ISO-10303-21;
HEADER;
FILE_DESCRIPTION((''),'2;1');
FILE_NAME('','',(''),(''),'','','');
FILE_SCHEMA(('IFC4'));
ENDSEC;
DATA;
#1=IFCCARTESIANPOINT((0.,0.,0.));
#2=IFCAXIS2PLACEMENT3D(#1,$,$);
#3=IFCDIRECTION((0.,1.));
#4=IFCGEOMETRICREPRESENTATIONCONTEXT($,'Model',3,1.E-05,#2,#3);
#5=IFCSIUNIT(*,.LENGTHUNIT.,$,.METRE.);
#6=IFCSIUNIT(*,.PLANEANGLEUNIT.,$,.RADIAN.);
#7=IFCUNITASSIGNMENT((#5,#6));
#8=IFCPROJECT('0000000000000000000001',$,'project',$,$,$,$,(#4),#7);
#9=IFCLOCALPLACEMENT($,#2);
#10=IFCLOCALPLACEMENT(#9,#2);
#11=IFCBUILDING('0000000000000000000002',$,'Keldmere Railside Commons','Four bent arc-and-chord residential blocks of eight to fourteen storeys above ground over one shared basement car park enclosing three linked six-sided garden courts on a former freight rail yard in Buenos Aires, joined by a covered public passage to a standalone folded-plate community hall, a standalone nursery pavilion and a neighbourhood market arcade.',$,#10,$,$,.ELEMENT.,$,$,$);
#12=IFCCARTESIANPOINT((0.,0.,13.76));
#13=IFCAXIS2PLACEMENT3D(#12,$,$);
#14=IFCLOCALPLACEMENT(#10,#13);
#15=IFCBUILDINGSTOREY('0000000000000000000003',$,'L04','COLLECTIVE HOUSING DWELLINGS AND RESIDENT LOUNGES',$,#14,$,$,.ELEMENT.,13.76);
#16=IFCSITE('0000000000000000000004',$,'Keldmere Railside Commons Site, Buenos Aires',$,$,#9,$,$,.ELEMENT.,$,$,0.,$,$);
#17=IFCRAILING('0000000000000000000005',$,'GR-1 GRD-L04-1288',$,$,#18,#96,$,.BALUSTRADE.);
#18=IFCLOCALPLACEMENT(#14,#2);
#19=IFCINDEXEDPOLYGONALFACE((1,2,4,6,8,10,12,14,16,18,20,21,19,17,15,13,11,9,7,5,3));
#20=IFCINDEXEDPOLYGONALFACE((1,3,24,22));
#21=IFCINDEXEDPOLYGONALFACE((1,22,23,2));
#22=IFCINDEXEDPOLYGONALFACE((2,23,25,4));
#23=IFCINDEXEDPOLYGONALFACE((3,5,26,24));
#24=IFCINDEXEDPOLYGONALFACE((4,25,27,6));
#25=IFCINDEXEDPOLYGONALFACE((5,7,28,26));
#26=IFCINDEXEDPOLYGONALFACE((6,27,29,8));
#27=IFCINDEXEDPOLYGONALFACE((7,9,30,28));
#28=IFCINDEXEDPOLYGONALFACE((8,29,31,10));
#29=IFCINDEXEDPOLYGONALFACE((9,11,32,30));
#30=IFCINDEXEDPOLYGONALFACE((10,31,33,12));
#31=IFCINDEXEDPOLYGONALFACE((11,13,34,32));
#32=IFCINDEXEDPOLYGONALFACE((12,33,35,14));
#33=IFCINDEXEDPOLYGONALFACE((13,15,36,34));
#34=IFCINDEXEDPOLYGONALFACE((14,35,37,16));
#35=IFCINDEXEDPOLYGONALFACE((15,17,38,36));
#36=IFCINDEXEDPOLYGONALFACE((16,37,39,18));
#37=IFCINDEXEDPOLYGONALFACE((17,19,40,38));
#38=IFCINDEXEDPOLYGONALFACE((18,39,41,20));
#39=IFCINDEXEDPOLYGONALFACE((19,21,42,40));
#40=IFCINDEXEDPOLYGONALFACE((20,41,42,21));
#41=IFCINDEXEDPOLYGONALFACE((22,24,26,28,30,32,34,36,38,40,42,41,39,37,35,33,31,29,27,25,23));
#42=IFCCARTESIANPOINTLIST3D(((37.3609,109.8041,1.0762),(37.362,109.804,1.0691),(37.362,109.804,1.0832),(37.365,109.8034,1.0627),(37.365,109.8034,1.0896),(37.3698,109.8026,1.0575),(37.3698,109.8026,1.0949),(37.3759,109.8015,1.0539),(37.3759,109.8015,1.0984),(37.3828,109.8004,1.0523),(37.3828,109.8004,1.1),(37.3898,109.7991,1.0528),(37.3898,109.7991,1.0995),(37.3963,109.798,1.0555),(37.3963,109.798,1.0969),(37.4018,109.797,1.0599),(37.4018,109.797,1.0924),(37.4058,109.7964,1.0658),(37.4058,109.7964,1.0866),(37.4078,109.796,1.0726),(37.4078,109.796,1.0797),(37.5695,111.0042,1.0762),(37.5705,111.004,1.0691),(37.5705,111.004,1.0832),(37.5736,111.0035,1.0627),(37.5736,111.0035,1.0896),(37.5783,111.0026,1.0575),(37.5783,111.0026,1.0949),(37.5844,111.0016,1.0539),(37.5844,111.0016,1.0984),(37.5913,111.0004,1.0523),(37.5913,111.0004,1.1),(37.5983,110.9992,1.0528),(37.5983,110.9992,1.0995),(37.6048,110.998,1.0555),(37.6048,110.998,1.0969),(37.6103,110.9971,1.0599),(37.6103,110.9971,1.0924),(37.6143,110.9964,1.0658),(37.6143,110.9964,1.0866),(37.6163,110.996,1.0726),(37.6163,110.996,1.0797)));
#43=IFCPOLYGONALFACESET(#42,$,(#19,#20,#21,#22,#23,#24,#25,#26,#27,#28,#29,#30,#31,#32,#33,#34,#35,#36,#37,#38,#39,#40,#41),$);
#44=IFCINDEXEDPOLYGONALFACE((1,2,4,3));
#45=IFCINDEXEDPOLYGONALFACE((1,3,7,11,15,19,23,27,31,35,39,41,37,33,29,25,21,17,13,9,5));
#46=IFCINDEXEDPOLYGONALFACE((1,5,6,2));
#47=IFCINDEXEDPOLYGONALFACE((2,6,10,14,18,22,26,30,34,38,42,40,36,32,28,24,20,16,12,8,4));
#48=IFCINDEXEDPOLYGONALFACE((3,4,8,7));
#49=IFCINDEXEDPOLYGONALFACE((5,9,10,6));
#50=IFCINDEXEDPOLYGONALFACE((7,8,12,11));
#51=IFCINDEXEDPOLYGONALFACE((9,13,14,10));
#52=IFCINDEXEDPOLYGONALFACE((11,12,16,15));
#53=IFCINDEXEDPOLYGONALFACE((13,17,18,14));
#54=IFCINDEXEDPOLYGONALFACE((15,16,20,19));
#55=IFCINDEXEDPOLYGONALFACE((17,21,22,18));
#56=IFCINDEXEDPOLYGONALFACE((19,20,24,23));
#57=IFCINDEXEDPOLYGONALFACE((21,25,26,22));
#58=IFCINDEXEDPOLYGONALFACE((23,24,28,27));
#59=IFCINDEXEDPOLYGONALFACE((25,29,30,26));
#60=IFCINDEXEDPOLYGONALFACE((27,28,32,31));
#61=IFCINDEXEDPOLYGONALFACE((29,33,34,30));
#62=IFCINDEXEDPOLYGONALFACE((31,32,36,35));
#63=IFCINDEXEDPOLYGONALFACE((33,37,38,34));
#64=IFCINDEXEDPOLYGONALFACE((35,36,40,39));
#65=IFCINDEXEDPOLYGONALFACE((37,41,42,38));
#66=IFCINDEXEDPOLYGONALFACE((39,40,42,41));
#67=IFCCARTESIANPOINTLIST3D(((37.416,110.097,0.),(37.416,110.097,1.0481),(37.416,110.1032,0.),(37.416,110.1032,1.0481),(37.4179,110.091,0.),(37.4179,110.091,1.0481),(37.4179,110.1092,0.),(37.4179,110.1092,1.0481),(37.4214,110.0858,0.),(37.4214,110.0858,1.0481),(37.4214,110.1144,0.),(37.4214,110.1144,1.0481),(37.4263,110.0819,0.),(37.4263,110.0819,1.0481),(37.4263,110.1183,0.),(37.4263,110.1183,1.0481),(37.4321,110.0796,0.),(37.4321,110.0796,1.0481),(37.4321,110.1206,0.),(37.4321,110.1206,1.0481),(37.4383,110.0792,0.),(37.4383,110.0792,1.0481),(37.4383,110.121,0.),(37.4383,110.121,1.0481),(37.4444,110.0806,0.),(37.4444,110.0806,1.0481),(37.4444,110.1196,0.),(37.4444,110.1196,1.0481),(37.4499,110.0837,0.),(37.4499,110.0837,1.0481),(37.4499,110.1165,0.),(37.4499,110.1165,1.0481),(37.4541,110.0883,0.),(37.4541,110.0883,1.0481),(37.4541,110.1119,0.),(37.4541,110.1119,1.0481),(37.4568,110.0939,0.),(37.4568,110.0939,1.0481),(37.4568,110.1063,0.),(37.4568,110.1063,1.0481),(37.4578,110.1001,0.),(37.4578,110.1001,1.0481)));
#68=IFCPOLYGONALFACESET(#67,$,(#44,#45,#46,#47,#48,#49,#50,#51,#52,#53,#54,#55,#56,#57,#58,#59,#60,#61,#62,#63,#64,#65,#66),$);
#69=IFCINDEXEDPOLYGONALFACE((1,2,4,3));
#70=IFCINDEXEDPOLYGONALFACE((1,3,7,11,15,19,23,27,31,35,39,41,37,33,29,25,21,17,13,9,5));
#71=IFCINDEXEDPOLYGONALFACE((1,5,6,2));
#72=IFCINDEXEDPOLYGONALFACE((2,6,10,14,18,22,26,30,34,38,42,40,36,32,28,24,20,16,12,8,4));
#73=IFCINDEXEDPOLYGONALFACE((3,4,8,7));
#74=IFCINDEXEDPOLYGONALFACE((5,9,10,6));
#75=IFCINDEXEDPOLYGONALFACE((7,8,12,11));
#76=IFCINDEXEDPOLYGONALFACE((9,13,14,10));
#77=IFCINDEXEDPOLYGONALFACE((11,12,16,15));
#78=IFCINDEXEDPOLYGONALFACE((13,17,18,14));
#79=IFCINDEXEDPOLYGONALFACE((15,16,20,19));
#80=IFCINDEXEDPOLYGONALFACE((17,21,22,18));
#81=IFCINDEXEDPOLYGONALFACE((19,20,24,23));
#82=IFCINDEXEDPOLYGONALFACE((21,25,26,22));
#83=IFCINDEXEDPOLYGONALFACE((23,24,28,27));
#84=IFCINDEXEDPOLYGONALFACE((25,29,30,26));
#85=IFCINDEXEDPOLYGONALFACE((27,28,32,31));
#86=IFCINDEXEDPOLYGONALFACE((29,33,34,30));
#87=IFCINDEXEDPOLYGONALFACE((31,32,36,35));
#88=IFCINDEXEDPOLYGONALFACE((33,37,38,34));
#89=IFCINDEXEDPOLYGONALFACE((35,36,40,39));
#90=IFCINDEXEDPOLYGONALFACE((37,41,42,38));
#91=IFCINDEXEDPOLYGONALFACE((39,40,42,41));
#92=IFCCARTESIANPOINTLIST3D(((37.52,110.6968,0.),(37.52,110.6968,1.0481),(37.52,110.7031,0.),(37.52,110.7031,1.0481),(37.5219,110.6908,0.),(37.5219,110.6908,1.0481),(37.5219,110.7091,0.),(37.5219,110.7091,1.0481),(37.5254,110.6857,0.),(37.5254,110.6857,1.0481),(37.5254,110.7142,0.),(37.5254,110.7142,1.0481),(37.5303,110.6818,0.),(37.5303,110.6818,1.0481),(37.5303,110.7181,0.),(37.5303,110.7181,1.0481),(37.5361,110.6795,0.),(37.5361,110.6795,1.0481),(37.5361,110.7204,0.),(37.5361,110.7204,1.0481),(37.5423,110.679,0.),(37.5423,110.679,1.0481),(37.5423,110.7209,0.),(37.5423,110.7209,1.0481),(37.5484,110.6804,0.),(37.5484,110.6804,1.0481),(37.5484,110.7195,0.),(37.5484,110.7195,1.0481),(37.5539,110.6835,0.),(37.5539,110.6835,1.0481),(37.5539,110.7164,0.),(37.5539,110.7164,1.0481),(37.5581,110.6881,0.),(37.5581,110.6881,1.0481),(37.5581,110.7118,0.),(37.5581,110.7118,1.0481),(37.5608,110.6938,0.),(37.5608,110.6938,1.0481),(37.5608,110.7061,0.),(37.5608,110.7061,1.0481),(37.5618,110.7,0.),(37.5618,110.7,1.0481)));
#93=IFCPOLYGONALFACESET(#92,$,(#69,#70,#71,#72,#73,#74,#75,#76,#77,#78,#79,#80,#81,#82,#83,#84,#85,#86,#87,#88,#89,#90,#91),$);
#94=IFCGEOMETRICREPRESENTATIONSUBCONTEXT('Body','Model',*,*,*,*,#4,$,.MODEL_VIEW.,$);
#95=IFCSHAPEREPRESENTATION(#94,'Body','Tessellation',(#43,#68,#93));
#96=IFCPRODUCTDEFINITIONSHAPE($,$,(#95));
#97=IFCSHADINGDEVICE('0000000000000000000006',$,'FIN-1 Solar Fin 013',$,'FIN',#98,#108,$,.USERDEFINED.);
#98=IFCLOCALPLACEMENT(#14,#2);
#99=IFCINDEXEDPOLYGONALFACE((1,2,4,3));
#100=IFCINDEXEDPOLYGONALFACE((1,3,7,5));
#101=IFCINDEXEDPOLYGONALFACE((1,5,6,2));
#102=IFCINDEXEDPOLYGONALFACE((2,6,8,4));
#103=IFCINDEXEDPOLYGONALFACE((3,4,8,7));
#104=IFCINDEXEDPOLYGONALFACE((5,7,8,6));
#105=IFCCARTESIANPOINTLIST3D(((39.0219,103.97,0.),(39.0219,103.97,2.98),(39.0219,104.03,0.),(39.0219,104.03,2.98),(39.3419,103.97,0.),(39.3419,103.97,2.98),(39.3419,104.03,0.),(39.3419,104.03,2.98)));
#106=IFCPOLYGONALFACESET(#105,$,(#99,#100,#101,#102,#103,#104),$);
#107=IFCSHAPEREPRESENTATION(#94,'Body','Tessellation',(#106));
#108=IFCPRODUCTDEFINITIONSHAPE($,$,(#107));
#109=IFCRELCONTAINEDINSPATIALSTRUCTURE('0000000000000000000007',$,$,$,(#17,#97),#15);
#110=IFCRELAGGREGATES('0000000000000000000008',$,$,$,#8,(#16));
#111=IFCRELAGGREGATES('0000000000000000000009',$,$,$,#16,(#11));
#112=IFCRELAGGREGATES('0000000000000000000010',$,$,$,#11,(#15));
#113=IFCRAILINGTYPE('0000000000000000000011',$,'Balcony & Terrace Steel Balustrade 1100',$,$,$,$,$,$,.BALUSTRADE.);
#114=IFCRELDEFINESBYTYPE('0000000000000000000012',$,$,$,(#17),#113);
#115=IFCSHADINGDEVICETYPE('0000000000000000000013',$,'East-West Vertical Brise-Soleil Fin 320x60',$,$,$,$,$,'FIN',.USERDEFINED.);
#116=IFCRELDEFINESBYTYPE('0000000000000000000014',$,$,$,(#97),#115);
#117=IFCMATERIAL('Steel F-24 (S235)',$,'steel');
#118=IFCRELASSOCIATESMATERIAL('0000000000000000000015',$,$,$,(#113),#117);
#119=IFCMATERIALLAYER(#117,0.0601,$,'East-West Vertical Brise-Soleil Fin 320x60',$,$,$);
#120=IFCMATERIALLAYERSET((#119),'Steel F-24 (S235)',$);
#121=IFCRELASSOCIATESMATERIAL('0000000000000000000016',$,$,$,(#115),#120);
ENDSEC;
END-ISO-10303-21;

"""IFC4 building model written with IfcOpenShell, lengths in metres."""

from ifc_helpers import new_model, si_unit, direction, frame, origin, origin_2d, place, context, subcontext, project, spatial, rectangle, circle, extrude, material, layer, layer_set, type_object, element, save


model = new_model("IFC4")

# Units and contexts
model_context = context("Model", 3, precision=1e-05, world=origin(), true_north=direction((0.0, 1.0)))
body_context = subcontext(model_context, "Body", "Model", "MODEL_VIEW")
ifc_project = project(units=[si_unit("LENGTHUNIT", "METRE"), si_unit("PLANEANGLEUNIT", "RADIAN")], contexts=[model_context])

# Site, building, storey
site_placement = place(None, origin())
site = spatial("IfcSite", under=ifc_project, at=site_placement, Name="Keldmere Railside Commons Site, Buenos Aires", CompositionType="ELEMENT", RefElevation=0.0)
building_placement = place(site_placement, origin())
building = spatial("IfcBuilding", under=site, at=building_placement, Name="Keldmere Railside Commons", Description="Four bent arc-and-chord residential blocks of eight to fourteen storeys above ground over one shared basement car park enclosing three linked six-sided garden courts on a former freight rail yard in Buenos Aires, joined by a covered public passage to a standalone folded-plate community hall, a standalone nursery pavilion and a neighbourhood market arcade.", CompositionType="ELEMENT")
storey_placement = place(building_placement, frame((0.0, 0.0, 13.76)))
storey = spatial("IfcBuildingStorey", under=building, at=storey_placement, Name="L04", Description="COLLECTIVE HOUSING DWELLINGS AND RESIDENT LOUNGES", CompositionType="ELEMENT", Elevation=13.76)

# Railing
ifc_material_1 = material(Name="Steel F-24 (S235)", Category="steel")
railing_type = type_object("IfcRailingType", Name="Balcony & Terrace Steel Balustrade 1100", PredefinedType="BALUSTRADE", material=ifc_material_1)
railing_1_placement = place(storey_placement, frame((37.3845, 109.8, 0.0)))
element("IfcRailing", 1, at=railing_1_placement, inside=storey, type_object=railing_type, Name="GR-1 GRD-L04-1288", PredefinedType="BALUSTRADE", context=body_context, shape_type="SweptSolid", body=[
    extrude(circle(Radius=0.0239, at=origin_2d()), frame((0.0, 0.0, 1.0762), z_axis=(0.171189, 0.985238, 0.0), x_axis=(-0.985238, 0.171189, 0.0)), (0.0, 0.0, 1.0), 1.218),
    extrude(circle(Radius=0.021, at=origin_2d()), frame((0.0522, 0.3, 0.0)), (0.0, 0.0, 1.0), 1.0481),
    extrude(circle(Radius=0.021, at=origin_2d()), frame((0.1562, 0.8999, 0.0)), (0.0, 0.0, 1.0), 1.0481),
])

# Shading device
ifc_layer_1 = layer(ifc_material_1, 0.0601, Name="East-West Vertical Brise-Soleil Fin 320x60")
ifc_layer_set_1 = layer_set([ifc_layer_1], Name="Steel F-24 (S235)")
shading_device_type = type_object("IfcShadingDeviceType", Name="East-West Vertical Brise-Soleil Fin 320x60", ElementType="FIN", PredefinedType="USERDEFINED", material=ifc_layer_set_1)
shading_device_placement = place(storey_placement, frame((39.1819, 104.0, 0.0), z_axis=(0.0, 0.0, 1.0), x_axis=(1.0, 0.0, 0.0)))
element("IfcShadingDevice", 2, at=shading_device_placement, inside=storey, type_object=shading_device_type, Name="FIN-1 Solar Fin 013", ObjectType="FIN", PredefinedType="USERDEFINED", context=body_context, shape_type="SweptSolid", body=[
    extrude(rectangle(XDim=0.3201, YDim=0.0601, at=origin_2d()), origin(), (0.0, 0.0, 1.0), 2.98),
])

save(model, "model.ifc")
